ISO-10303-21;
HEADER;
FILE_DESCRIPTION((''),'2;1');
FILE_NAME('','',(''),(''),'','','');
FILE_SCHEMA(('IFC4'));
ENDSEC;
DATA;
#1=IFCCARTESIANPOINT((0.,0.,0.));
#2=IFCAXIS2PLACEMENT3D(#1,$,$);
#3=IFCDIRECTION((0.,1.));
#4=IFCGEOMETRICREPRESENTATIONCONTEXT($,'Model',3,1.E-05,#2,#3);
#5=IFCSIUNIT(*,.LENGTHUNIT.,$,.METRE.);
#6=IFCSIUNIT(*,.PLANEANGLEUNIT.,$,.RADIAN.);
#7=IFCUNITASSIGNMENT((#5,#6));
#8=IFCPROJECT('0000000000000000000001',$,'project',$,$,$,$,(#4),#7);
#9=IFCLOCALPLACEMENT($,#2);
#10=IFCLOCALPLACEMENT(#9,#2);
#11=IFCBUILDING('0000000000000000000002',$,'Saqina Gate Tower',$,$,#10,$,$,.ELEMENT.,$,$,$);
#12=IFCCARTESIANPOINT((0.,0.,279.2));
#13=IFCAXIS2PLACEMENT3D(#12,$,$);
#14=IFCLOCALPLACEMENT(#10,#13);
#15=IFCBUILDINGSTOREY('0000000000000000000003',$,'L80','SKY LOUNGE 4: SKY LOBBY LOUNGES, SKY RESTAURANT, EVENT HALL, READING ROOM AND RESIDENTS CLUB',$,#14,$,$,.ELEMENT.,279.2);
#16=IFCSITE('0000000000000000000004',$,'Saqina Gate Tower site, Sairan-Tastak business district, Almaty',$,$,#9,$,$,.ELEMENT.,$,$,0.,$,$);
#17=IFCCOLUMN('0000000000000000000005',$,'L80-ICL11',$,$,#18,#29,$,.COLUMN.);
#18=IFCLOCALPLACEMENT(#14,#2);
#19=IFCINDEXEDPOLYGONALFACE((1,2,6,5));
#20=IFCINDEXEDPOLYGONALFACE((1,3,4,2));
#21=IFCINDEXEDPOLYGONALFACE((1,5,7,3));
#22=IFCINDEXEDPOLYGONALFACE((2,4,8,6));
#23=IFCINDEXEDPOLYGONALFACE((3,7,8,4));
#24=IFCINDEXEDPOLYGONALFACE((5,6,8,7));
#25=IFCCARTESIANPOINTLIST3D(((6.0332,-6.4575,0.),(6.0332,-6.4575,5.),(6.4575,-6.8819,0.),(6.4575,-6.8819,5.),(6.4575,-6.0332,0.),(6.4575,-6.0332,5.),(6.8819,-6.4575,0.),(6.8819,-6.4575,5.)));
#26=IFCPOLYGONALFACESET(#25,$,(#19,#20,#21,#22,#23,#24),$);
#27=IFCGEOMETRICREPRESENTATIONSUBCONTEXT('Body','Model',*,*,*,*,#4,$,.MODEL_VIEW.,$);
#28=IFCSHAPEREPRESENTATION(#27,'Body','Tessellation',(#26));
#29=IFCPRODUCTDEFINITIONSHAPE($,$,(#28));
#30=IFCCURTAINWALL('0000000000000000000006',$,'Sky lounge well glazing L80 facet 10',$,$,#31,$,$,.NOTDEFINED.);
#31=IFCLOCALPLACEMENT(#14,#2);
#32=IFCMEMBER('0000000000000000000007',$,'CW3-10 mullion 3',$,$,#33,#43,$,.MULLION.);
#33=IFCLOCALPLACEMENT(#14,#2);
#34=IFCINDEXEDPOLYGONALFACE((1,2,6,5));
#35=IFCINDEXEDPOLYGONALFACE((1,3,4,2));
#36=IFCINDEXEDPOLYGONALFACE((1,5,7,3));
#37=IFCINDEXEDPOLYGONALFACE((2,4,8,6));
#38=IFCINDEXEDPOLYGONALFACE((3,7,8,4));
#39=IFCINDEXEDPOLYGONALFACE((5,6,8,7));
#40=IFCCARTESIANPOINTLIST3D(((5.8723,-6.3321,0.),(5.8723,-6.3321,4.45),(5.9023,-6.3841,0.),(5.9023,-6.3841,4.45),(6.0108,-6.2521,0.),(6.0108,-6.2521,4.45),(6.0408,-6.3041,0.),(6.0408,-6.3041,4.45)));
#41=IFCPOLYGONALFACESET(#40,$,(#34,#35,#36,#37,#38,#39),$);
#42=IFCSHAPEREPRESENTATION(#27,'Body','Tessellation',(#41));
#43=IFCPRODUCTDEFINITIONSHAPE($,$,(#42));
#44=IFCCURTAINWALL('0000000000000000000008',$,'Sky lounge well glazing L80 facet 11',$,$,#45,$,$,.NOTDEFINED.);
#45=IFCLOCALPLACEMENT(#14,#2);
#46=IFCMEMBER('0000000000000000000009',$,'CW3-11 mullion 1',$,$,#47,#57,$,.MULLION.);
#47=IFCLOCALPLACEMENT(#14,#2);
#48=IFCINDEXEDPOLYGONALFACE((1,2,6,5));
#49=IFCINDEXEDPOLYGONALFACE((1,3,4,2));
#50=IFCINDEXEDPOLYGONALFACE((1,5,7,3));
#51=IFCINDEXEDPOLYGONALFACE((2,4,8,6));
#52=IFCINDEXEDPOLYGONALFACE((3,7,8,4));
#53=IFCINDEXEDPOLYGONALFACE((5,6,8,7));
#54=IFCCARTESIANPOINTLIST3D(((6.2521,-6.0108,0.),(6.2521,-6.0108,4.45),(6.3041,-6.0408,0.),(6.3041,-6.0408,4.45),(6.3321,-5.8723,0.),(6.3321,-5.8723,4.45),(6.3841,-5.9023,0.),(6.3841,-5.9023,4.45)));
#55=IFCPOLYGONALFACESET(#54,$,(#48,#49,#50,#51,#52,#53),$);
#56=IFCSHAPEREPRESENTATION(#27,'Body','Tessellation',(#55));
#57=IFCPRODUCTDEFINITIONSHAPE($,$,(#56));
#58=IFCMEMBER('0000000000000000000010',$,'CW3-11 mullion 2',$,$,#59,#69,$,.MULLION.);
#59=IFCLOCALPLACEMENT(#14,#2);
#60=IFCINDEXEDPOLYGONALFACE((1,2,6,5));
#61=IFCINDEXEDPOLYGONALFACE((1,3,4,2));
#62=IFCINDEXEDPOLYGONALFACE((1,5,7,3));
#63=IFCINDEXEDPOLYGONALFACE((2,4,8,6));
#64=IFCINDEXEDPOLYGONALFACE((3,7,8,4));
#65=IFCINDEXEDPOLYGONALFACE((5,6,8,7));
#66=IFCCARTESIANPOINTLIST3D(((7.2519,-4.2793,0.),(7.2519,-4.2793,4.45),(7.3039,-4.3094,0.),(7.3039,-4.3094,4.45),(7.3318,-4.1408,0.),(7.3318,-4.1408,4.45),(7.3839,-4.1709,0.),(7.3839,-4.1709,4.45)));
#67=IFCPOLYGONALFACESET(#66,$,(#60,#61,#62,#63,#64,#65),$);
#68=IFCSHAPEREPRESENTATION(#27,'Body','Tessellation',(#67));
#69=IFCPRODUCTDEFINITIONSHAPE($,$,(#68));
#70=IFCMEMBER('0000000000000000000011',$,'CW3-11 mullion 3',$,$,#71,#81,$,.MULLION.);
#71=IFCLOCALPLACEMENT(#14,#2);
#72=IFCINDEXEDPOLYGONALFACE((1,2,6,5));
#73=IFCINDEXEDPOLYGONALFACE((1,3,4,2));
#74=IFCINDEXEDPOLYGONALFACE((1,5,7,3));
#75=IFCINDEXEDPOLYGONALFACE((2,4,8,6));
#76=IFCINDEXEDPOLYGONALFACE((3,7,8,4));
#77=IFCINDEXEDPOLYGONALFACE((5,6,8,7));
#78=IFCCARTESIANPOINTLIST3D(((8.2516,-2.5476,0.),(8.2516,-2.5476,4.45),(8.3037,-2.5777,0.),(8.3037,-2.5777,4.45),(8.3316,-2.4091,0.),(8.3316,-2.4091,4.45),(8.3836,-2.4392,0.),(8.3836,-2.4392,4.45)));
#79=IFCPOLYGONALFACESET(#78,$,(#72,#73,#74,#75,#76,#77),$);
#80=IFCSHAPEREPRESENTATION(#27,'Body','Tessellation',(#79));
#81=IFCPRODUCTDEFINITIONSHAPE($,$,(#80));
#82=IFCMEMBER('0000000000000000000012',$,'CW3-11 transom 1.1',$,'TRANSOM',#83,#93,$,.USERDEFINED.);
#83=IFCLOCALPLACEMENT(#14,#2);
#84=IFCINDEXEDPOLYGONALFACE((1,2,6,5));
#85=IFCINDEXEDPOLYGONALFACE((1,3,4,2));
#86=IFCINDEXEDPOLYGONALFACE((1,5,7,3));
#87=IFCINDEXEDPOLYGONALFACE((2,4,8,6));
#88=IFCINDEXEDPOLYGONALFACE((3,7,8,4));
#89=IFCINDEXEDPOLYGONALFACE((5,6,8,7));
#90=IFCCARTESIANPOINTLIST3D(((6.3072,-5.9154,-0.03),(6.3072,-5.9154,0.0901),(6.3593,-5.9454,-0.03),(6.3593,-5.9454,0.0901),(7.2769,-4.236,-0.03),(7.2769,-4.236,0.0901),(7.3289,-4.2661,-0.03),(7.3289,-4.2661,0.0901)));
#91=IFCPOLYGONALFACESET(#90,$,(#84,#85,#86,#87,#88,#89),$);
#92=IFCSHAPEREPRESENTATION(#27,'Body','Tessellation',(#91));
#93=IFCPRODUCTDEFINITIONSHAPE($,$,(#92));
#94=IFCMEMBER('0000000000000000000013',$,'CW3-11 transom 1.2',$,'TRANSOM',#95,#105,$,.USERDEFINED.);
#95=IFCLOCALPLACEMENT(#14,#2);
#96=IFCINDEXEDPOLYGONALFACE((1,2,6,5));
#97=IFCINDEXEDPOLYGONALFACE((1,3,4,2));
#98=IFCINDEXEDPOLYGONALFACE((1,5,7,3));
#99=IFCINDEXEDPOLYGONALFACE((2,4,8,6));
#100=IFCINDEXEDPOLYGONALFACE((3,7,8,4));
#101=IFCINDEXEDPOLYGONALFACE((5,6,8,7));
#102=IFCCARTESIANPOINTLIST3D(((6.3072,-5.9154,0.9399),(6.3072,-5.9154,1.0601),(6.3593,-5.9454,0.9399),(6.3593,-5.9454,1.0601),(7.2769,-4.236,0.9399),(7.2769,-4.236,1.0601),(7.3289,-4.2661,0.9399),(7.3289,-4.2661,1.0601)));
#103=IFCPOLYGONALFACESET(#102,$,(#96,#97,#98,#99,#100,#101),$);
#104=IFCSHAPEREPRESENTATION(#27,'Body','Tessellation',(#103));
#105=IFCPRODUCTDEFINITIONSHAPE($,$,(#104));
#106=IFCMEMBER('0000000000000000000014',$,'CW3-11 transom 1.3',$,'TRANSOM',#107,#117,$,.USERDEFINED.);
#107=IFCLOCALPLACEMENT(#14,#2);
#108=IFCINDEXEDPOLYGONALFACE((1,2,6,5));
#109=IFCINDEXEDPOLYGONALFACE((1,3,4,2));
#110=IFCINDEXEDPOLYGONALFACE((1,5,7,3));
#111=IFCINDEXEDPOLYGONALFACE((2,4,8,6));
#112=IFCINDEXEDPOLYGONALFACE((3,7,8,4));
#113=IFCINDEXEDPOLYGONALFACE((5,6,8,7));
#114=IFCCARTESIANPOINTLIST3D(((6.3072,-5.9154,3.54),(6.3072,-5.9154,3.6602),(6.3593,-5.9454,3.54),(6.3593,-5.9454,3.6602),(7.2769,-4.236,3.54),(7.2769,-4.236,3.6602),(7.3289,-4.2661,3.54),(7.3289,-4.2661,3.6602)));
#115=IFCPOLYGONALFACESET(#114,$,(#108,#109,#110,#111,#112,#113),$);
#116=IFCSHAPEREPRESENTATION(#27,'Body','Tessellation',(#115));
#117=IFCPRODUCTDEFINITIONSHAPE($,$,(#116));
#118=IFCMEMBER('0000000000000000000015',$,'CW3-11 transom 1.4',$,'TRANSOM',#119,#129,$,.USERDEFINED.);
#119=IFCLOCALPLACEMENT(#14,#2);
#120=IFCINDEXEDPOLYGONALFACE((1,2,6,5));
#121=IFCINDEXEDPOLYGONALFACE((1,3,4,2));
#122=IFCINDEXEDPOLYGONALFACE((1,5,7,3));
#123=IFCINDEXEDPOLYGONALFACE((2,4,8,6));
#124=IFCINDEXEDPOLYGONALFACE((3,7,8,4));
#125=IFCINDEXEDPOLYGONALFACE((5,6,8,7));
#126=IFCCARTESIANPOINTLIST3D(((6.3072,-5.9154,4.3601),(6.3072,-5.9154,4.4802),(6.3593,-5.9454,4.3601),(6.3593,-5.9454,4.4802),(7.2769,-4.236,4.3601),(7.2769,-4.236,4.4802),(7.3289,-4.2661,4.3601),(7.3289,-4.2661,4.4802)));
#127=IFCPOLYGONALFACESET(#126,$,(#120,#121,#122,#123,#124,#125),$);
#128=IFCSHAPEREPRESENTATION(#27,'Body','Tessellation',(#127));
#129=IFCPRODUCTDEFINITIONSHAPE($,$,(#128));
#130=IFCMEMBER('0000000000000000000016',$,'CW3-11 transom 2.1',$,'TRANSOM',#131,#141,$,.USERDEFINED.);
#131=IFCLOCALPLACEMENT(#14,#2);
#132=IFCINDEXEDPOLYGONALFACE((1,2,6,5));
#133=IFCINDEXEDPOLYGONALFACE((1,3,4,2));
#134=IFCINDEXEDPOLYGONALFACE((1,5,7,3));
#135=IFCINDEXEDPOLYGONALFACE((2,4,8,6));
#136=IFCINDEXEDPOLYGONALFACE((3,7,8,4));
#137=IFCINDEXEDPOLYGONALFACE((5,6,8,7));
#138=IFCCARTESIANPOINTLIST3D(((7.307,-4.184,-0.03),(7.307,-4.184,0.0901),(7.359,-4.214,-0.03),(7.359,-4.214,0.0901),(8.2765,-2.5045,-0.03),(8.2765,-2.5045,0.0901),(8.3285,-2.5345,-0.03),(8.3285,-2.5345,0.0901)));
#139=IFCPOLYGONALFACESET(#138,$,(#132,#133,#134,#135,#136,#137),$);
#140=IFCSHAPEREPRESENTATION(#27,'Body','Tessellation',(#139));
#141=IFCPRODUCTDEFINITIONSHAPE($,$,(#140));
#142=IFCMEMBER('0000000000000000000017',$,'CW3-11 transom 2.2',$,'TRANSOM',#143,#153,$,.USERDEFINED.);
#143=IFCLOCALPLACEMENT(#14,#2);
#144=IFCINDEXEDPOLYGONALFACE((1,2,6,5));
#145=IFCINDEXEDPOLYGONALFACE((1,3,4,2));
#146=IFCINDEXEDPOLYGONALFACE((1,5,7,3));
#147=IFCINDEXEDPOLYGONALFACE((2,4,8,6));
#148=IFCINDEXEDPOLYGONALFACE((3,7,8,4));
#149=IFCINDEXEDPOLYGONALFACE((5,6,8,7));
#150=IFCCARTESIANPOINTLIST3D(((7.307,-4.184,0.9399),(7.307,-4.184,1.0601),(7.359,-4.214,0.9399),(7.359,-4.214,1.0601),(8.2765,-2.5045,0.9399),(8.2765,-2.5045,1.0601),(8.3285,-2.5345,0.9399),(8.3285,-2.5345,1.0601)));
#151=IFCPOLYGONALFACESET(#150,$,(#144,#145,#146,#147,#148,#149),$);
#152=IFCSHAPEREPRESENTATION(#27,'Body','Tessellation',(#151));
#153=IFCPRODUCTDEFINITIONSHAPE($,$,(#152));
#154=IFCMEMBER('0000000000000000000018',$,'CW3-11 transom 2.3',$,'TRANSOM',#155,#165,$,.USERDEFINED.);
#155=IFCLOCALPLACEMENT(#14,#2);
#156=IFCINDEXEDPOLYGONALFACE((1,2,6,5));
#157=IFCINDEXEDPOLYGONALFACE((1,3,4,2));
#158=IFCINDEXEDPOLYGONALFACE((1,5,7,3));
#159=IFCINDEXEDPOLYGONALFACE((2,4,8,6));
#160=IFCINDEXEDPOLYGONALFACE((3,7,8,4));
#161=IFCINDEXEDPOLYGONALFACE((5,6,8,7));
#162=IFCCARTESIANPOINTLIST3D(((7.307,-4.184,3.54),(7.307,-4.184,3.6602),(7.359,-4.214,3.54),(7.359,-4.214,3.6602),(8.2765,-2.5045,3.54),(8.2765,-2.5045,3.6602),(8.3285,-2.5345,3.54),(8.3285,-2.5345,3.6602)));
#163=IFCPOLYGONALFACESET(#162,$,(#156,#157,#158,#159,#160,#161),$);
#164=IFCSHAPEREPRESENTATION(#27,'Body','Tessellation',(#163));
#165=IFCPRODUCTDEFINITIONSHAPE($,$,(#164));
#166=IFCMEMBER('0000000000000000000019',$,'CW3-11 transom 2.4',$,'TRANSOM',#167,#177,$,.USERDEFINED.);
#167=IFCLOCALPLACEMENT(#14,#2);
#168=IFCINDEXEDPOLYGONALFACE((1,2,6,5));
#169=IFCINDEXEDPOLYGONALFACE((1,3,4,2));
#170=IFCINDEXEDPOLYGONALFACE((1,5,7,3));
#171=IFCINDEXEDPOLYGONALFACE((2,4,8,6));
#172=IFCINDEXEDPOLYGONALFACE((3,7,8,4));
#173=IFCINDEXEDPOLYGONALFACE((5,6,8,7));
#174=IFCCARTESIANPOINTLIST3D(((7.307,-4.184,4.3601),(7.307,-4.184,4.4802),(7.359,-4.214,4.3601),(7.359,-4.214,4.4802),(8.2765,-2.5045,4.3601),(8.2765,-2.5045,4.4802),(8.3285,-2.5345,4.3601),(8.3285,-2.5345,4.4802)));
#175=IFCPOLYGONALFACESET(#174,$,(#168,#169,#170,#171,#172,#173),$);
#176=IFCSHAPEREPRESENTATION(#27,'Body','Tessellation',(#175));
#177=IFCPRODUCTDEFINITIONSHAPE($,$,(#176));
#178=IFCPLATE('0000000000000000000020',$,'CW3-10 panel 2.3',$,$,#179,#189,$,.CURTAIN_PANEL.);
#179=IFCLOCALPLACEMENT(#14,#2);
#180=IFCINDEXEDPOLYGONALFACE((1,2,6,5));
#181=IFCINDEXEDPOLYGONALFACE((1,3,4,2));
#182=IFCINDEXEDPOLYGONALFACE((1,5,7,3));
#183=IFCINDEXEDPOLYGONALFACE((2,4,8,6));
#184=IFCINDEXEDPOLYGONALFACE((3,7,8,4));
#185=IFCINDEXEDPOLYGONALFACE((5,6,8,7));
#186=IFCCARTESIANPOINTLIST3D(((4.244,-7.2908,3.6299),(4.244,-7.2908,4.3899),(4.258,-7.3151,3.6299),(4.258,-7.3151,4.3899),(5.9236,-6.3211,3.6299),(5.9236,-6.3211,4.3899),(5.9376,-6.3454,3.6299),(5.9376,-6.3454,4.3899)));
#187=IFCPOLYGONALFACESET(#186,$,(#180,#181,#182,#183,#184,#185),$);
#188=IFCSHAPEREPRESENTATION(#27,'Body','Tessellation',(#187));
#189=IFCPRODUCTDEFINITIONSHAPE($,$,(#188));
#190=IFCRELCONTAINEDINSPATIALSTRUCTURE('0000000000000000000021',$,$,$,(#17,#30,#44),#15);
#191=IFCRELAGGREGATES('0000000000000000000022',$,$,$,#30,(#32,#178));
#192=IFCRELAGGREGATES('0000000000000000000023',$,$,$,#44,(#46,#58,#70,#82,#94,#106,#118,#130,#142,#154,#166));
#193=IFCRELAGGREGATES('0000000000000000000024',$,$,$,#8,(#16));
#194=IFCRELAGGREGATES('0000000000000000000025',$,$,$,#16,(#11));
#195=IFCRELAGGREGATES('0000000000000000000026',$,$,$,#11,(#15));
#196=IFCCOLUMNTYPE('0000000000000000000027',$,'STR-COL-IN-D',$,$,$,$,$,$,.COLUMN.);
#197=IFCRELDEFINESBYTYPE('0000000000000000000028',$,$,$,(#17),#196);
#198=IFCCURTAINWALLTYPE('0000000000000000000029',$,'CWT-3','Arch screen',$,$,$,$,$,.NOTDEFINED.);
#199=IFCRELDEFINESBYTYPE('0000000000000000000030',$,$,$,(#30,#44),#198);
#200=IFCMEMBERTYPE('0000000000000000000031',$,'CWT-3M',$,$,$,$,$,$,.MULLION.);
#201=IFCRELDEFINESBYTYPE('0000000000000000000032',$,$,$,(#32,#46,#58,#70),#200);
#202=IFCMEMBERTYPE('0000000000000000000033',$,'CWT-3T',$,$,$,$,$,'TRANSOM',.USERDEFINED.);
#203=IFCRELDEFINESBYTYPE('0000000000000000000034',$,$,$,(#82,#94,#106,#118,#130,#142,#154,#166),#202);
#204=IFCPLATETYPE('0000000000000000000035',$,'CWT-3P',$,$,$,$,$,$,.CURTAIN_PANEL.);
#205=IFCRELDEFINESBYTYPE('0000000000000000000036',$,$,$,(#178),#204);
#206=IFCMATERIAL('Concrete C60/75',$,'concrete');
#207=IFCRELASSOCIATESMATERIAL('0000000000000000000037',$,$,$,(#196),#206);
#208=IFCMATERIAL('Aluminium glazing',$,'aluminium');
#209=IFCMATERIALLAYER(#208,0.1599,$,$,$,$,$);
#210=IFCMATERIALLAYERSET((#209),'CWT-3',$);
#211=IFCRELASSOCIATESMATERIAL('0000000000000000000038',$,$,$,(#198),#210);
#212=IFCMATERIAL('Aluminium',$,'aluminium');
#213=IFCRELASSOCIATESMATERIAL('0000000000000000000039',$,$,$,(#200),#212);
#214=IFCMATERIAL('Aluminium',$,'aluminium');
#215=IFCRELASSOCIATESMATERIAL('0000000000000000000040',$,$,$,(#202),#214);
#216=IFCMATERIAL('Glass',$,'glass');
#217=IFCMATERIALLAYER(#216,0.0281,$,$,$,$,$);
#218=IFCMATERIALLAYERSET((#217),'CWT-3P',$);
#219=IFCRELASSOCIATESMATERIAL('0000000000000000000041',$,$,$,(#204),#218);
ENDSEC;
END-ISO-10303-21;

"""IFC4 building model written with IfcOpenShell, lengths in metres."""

from ifc_helpers import new_model, si_unit, direction, frame, origin, origin_2d, place, context, subcontext, project, spatial, rectangle, extrude, material, layer, layer_set, material_profile, profile_set, type_object, element, aggregate, save


model = new_model("IFC4")

# Units and contexts
model_context = context("Model", 3, precision=1e-05, world=origin(), true_north=direction((0.0, 1.0)))
body_context = subcontext(model_context, "Body", "Model", "MODEL_VIEW")
ifc_project = project(units=[si_unit("LENGTHUNIT", "METRE"), si_unit("PLANEANGLEUNIT", "RADIAN")], contexts=[model_context])

# Site, building, storey
site_placement = place(None, origin())
site = spatial("IfcSite", under=ifc_project, at=site_placement, Name="Saqina Gate Tower site, Sairan-Tastak business district, Almaty", CompositionType="ELEMENT", RefElevation=0.0)
building_placement = place(site_placement, origin())
building = spatial("IfcBuilding", under=site, at=building_placement, Name="Saqina Gate Tower", CompositionType="ELEMENT")
storey_placement = place(building_placement, frame((0.0, 0.0, 279.2)))
storey = spatial("IfcBuildingStorey", under=building, at=storey_placement, Name="L80", Description="SKY LOUNGE 4: SKY LOBBY LOUNGES, SKY RESTAURANT, EVENT HALL, READING ROOM AND RESIDENTS CLUB", CompositionType="ELEMENT", Elevation=279.2)

# Column
ifc_material_1 = material(Name="Concrete C60/75", Category="concrete")
ifc_material_profile_1 = material_profile(ifc_material_1, rectangle(XDim=0.6001, YDim=0.6001, at=origin_2d()), Name="RC 600x600")
ifc_profile_set_1 = profile_set([ifc_material_profile_1], Name="Concrete C60/75")
column_type = type_object("IfcColumnType", Name="STR-COL-IN-D", PredefinedType="COLUMN", material=ifc_profile_set_1)
column_placement = place(storey_placement, frame((6.4575, -6.4575, 0.0), z_axis=(0.0, 0.0, 1.0), x_axis=(0.707107, -0.707107, 0.0)))
element("IfcColumn", 1, at=column_placement, inside=storey, type_object=column_type, Name="L80-ICL11", PredefinedType="COLUMN", context=body_context, shape_type="SweptSolid", body=[
    extrude(rectangle(XDim=0.6001, YDim=0.6001, at=origin_2d()), origin(), (0.0, 0.0, 1.0), 5.0),
])

# Curtain wall, member
ifc_material_2 = material(Name="Aluminium glazing", Category="aluminium")
ifc_layer_1 = layer(ifc_material_2, 0.1599)
ifc_layer_set_1 = layer_set([ifc_layer_1], Name="CWT-3")
curtain_wall_type = type_object("IfcCurtainWallType", Name="CWT-3", Description="Arch screen", PredefinedType="NOTDEFINED", material=ifc_layer_set_1)
curtain_wall_1_placement = place(storey_placement, origin())
curtain_wall_1 = element("IfcCurtainWall", 2, at=curtain_wall_1_placement, inside=storey, type_object=curtain_wall_type, Name="Sky lounge well glazing L80 facet 10", PredefinedType="NOTDEFINED")
ifc_material_3 = material(Name="Aluminium", Category="aluminium")
ifc_material_profile_2 = material_profile(ifc_material_3, rectangle(XDim=0.0601, YDim=0.1599, at=origin_2d()), Name="Aluminium 60x160")
ifc_profile_set_2 = profile_set([ifc_material_profile_2], Name="Aluminium")
member_type_1 = type_object("IfcMemberType", Name="CWT-3M", PredefinedType="MULLION", material=ifc_profile_set_2)
member_1_placement = place(storey_placement, frame((5.9565, -6.3181, 0.0), z_axis=(0.0, 0.0, 1.0), x_axis=(-0.500003, 0.866024, 0.0)))
member_1 = element("IfcMember", 3, at=member_1_placement, type_object=member_type_1, Name="CW3-10 mullion 3", PredefinedType="MULLION", context=body_context, shape_type="SweptSolid", body=[
    extrude(rectangle(XDim=0.0601, YDim=0.1599, at=origin_2d()), origin(), (0.0, 0.0, 1.0), 4.45),
])

# Curtain wall, members
curtain_wall_2_placement = place(storey_placement, origin())
curtain_wall_2 = element("IfcCurtainWall", 4, at=curtain_wall_2_placement, inside=storey, type_object=curtain_wall_type, Name="Sky lounge well glazing L80 facet 11", PredefinedType="NOTDEFINED")
member_2_placement = place(storey_placement, frame((6.3181, -5.9565, 0.0), z_axis=(0.0, 0.0, 1.0), x_axis=(-0.866024, 0.500003, 0.0)))
member_2 = element("IfcMember", 5, at=member_2_placement, type_object=member_type_1, Name="CW3-11 mullion 1", PredefinedType="MULLION", context=body_context, shape_type="SweptSolid", body=[
    extrude(rectangle(XDim=0.0601, YDim=0.1599, at=origin_2d()), origin(), (0.0, 0.0, 1.0), 4.45),
])
member_3_placement = place(storey_placement, frame((7.3179, -4.2251, 0.0), z_axis=(0.0, 0.0, 1.0), x_axis=(-0.866024, 0.500003, 0.0)))
member_3 = element("IfcMember", 6, at=member_3_placement, type_object=member_type_1, Name="CW3-11 mullion 2", PredefinedType="MULLION", context=body_context, shape_type="SweptSolid", body=[
    extrude(rectangle(XDim=0.0601, YDim=0.1599, at=origin_2d()), origin(), (0.0, 0.0, 1.0), 4.45),
])
member_4_placement = place(storey_placement, frame((8.3176, -2.4934, 0.0), z_axis=(0.0, 0.0, 1.0), x_axis=(-0.866024, 0.500003, 0.0)))
member_4 = element("IfcMember", 7, at=member_4_placement, type_object=member_type_1, Name="CW3-11 mullion 3", PredefinedType="MULLION", context=body_context, shape_type="SweptSolid", body=[
    extrude(rectangle(XDim=0.0601, YDim=0.1599, at=origin_2d()), origin(), (0.0, 0.0, 1.0), 4.45),
])
ifc_material_4 = material(Name="Aluminium", Category="aluminium")
ifc_material_profile_3 = material_profile(ifc_material_4, rectangle(XDim=0.0601, YDim=0.1201, at=origin_2d()), Name="Aluminium 60x120")
ifc_profile_set_3 = profile_set([ifc_material_profile_3], Name="Aluminium")
member_type_2 = type_object("IfcMemberType", Name="CWT-3T", ElementType="TRANSOM", PredefinedType="USERDEFINED", material=ifc_profile_set_3)
member_5_placement = place(storey_placement, frame((6.3333, -5.9304, 0.03), z_axis=(0.500038, 0.866003, 0.0), x_axis=(-0.866003, 0.500038, 0.0)))
member_5 = element("IfcMember", 8, at=member_5_placement, type_object=member_type_2, Name="CW3-11 transom 1.1", ObjectType="TRANSOM", PredefinedType="USERDEFINED", context=body_context, shape_type="SweptSolid", body=[
    extrude(rectangle(XDim=0.0601, YDim=0.1201, at=origin_2d()), origin(), (0.0, 0.0, 1.0), 1.9392),
])
member_6_placement = place(storey_placement, frame((6.3333, -5.9304, 1.0), z_axis=(0.500038, 0.866003, 0.0), x_axis=(-0.866003, 0.500038, 0.0)))
member_6 = element("IfcMember", 9, at=member_6_placement, type_object=member_type_2, Name="CW3-11 transom 1.2", ObjectType="TRANSOM", PredefinedType="USERDEFINED", context=body_context, shape_type="SweptSolid", body=[
    extrude(rectangle(XDim=0.0601, YDim=0.1201, at=origin_2d()), origin(), (0.0, 0.0, 1.0), 1.9392),
])
member_7_placement = place(storey_placement, frame((6.3333, -5.9304, 3.6001), z_axis=(0.500038, 0.866003, 0.0), x_axis=(-0.866003, 0.500038, 0.0)))
member_7 = element("IfcMember", 10, at=member_7_placement, type_object=member_type_2, Name="CW3-11 transom 1.3", ObjectType="TRANSOM", PredefinedType="USERDEFINED", context=body_context, shape_type="SweptSolid", body=[
    extrude(rectangle(XDim=0.0601, YDim=0.1201, at=origin_2d()), origin(), (0.0, 0.0, 1.0), 1.9392),
])
member_8_placement = place(storey_placement, frame((6.3333, -5.9304, 4.4202), z_axis=(0.500038, 0.866003, 0.0), x_axis=(-0.866003, 0.500038, 0.0)))
member_8 = element("IfcMember", 11, at=member_8_placement, type_object=member_type_2, Name="CW3-11 transom 1.4", ObjectType="TRANSOM", PredefinedType="USERDEFINED", context=body_context, shape_type="SweptSolid", body=[
    extrude(rectangle(XDim=0.0601, YDim=0.1201, at=origin_2d()), origin(), (0.0, 0.0, 1.0), 1.9392),
])
member_9_placement = place(storey_placement, frame((7.333, -4.199, 0.03), z_axis=(0.499944, 0.866058, 0.0), x_axis=(-0.866058, 0.499944, 0.0)))
member_9 = element("IfcMember", 12, at=member_9_placement, type_object=member_type_2, Name="CW3-11 transom 2.1", ObjectType="TRANSOM", PredefinedType="USERDEFINED", context=body_context, shape_type="SweptSolid", body=[
    extrude(rectangle(XDim=0.0601, YDim=0.1201, at=origin_2d()), origin(), (0.0, 0.0, 1.0), 1.9392),
])
member_10_placement = place(storey_placement, frame((7.333, -4.199, 1.0), z_axis=(0.499944, 0.866058, 0.0), x_axis=(-0.866058, 0.499944, 0.0)))
member_10 = element("IfcMember", 13, at=member_10_placement, type_object=member_type_2, Name="CW3-11 transom 2.2", ObjectType="TRANSOM", PredefinedType="USERDEFINED", context=body_context, shape_type="SweptSolid", body=[
    extrude(rectangle(XDim=0.0601, YDim=0.1201, at=origin_2d()), origin(), (0.0, 0.0, 1.0), 1.9392),
])
member_11_placement = place(storey_placement, frame((7.333, -4.199, 3.6001), z_axis=(0.499944, 0.866058, 0.0), x_axis=(-0.866058, 0.499944, 0.0)))
member_11 = element("IfcMember", 14, at=member_11_placement, type_object=member_type_2, Name="CW3-11 transom 2.3", ObjectType="TRANSOM", PredefinedType="USERDEFINED", context=body_context, shape_type="SweptSolid", body=[
    extrude(rectangle(XDim=0.0601, YDim=0.1201, at=origin_2d()), origin(), (0.0, 0.0, 1.0), 1.9392),
])
member_12_placement = place(storey_placement, frame((7.333, -4.199, 4.4202), z_axis=(0.499944, 0.866058, 0.0), x_axis=(-0.866058, 0.499944, 0.0)))
member_12 = element("IfcMember", 15, at=member_12_placement, type_object=member_type_2, Name="CW3-11 transom 2.4", ObjectType="TRANSOM", PredefinedType="USERDEFINED", context=body_context, shape_type="SweptSolid", body=[
    extrude(rectangle(XDim=0.0601, YDim=0.1201, at=origin_2d()), origin(), (0.0, 0.0, 1.0), 1.9392),
])

# Plate
ifc_material_5 = material(Name="Glass", Category="glass")
ifc_layer_2 = layer(ifc_material_5, 0.0281)
ifc_layer_set_2 = layer_set([ifc_layer_2], Name="CWT-3P")
plate_type = type_object("IfcPlateType", Name="CWT-3P", PredefinedType="CURTAIN_PANEL", material=ifc_layer_set_2)
plate_1_placement = place(storey_placement, frame((5.0908, -6.8181, 3.6299), z_axis=(0.0, 0.0, 1.0), x_axis=(0.866024, 0.500003, 0.0)))
plate_1 = element("IfcPlate", 16, at=plate_1_placement, type_object=plate_type, Name="CW3-10 panel 2.3", PredefinedType="CURTAIN_PANEL", context=body_context, shape_type="SweptSolid", body=[
    extrude(rectangle(XDim=1.9395, YDim=0.0281, at=origin_2d()), origin(), (0.0, 0.0, 1.0), 0.76),
])
aggregate(curtain_wall_1, [member_1, plate_1])
aggregate(curtain_wall_2, [member_2, member_3, member_4, member_5, member_6, member_7, member_8, member_9, member_10, member_11, member_12])

save(model, "model.ifc")
